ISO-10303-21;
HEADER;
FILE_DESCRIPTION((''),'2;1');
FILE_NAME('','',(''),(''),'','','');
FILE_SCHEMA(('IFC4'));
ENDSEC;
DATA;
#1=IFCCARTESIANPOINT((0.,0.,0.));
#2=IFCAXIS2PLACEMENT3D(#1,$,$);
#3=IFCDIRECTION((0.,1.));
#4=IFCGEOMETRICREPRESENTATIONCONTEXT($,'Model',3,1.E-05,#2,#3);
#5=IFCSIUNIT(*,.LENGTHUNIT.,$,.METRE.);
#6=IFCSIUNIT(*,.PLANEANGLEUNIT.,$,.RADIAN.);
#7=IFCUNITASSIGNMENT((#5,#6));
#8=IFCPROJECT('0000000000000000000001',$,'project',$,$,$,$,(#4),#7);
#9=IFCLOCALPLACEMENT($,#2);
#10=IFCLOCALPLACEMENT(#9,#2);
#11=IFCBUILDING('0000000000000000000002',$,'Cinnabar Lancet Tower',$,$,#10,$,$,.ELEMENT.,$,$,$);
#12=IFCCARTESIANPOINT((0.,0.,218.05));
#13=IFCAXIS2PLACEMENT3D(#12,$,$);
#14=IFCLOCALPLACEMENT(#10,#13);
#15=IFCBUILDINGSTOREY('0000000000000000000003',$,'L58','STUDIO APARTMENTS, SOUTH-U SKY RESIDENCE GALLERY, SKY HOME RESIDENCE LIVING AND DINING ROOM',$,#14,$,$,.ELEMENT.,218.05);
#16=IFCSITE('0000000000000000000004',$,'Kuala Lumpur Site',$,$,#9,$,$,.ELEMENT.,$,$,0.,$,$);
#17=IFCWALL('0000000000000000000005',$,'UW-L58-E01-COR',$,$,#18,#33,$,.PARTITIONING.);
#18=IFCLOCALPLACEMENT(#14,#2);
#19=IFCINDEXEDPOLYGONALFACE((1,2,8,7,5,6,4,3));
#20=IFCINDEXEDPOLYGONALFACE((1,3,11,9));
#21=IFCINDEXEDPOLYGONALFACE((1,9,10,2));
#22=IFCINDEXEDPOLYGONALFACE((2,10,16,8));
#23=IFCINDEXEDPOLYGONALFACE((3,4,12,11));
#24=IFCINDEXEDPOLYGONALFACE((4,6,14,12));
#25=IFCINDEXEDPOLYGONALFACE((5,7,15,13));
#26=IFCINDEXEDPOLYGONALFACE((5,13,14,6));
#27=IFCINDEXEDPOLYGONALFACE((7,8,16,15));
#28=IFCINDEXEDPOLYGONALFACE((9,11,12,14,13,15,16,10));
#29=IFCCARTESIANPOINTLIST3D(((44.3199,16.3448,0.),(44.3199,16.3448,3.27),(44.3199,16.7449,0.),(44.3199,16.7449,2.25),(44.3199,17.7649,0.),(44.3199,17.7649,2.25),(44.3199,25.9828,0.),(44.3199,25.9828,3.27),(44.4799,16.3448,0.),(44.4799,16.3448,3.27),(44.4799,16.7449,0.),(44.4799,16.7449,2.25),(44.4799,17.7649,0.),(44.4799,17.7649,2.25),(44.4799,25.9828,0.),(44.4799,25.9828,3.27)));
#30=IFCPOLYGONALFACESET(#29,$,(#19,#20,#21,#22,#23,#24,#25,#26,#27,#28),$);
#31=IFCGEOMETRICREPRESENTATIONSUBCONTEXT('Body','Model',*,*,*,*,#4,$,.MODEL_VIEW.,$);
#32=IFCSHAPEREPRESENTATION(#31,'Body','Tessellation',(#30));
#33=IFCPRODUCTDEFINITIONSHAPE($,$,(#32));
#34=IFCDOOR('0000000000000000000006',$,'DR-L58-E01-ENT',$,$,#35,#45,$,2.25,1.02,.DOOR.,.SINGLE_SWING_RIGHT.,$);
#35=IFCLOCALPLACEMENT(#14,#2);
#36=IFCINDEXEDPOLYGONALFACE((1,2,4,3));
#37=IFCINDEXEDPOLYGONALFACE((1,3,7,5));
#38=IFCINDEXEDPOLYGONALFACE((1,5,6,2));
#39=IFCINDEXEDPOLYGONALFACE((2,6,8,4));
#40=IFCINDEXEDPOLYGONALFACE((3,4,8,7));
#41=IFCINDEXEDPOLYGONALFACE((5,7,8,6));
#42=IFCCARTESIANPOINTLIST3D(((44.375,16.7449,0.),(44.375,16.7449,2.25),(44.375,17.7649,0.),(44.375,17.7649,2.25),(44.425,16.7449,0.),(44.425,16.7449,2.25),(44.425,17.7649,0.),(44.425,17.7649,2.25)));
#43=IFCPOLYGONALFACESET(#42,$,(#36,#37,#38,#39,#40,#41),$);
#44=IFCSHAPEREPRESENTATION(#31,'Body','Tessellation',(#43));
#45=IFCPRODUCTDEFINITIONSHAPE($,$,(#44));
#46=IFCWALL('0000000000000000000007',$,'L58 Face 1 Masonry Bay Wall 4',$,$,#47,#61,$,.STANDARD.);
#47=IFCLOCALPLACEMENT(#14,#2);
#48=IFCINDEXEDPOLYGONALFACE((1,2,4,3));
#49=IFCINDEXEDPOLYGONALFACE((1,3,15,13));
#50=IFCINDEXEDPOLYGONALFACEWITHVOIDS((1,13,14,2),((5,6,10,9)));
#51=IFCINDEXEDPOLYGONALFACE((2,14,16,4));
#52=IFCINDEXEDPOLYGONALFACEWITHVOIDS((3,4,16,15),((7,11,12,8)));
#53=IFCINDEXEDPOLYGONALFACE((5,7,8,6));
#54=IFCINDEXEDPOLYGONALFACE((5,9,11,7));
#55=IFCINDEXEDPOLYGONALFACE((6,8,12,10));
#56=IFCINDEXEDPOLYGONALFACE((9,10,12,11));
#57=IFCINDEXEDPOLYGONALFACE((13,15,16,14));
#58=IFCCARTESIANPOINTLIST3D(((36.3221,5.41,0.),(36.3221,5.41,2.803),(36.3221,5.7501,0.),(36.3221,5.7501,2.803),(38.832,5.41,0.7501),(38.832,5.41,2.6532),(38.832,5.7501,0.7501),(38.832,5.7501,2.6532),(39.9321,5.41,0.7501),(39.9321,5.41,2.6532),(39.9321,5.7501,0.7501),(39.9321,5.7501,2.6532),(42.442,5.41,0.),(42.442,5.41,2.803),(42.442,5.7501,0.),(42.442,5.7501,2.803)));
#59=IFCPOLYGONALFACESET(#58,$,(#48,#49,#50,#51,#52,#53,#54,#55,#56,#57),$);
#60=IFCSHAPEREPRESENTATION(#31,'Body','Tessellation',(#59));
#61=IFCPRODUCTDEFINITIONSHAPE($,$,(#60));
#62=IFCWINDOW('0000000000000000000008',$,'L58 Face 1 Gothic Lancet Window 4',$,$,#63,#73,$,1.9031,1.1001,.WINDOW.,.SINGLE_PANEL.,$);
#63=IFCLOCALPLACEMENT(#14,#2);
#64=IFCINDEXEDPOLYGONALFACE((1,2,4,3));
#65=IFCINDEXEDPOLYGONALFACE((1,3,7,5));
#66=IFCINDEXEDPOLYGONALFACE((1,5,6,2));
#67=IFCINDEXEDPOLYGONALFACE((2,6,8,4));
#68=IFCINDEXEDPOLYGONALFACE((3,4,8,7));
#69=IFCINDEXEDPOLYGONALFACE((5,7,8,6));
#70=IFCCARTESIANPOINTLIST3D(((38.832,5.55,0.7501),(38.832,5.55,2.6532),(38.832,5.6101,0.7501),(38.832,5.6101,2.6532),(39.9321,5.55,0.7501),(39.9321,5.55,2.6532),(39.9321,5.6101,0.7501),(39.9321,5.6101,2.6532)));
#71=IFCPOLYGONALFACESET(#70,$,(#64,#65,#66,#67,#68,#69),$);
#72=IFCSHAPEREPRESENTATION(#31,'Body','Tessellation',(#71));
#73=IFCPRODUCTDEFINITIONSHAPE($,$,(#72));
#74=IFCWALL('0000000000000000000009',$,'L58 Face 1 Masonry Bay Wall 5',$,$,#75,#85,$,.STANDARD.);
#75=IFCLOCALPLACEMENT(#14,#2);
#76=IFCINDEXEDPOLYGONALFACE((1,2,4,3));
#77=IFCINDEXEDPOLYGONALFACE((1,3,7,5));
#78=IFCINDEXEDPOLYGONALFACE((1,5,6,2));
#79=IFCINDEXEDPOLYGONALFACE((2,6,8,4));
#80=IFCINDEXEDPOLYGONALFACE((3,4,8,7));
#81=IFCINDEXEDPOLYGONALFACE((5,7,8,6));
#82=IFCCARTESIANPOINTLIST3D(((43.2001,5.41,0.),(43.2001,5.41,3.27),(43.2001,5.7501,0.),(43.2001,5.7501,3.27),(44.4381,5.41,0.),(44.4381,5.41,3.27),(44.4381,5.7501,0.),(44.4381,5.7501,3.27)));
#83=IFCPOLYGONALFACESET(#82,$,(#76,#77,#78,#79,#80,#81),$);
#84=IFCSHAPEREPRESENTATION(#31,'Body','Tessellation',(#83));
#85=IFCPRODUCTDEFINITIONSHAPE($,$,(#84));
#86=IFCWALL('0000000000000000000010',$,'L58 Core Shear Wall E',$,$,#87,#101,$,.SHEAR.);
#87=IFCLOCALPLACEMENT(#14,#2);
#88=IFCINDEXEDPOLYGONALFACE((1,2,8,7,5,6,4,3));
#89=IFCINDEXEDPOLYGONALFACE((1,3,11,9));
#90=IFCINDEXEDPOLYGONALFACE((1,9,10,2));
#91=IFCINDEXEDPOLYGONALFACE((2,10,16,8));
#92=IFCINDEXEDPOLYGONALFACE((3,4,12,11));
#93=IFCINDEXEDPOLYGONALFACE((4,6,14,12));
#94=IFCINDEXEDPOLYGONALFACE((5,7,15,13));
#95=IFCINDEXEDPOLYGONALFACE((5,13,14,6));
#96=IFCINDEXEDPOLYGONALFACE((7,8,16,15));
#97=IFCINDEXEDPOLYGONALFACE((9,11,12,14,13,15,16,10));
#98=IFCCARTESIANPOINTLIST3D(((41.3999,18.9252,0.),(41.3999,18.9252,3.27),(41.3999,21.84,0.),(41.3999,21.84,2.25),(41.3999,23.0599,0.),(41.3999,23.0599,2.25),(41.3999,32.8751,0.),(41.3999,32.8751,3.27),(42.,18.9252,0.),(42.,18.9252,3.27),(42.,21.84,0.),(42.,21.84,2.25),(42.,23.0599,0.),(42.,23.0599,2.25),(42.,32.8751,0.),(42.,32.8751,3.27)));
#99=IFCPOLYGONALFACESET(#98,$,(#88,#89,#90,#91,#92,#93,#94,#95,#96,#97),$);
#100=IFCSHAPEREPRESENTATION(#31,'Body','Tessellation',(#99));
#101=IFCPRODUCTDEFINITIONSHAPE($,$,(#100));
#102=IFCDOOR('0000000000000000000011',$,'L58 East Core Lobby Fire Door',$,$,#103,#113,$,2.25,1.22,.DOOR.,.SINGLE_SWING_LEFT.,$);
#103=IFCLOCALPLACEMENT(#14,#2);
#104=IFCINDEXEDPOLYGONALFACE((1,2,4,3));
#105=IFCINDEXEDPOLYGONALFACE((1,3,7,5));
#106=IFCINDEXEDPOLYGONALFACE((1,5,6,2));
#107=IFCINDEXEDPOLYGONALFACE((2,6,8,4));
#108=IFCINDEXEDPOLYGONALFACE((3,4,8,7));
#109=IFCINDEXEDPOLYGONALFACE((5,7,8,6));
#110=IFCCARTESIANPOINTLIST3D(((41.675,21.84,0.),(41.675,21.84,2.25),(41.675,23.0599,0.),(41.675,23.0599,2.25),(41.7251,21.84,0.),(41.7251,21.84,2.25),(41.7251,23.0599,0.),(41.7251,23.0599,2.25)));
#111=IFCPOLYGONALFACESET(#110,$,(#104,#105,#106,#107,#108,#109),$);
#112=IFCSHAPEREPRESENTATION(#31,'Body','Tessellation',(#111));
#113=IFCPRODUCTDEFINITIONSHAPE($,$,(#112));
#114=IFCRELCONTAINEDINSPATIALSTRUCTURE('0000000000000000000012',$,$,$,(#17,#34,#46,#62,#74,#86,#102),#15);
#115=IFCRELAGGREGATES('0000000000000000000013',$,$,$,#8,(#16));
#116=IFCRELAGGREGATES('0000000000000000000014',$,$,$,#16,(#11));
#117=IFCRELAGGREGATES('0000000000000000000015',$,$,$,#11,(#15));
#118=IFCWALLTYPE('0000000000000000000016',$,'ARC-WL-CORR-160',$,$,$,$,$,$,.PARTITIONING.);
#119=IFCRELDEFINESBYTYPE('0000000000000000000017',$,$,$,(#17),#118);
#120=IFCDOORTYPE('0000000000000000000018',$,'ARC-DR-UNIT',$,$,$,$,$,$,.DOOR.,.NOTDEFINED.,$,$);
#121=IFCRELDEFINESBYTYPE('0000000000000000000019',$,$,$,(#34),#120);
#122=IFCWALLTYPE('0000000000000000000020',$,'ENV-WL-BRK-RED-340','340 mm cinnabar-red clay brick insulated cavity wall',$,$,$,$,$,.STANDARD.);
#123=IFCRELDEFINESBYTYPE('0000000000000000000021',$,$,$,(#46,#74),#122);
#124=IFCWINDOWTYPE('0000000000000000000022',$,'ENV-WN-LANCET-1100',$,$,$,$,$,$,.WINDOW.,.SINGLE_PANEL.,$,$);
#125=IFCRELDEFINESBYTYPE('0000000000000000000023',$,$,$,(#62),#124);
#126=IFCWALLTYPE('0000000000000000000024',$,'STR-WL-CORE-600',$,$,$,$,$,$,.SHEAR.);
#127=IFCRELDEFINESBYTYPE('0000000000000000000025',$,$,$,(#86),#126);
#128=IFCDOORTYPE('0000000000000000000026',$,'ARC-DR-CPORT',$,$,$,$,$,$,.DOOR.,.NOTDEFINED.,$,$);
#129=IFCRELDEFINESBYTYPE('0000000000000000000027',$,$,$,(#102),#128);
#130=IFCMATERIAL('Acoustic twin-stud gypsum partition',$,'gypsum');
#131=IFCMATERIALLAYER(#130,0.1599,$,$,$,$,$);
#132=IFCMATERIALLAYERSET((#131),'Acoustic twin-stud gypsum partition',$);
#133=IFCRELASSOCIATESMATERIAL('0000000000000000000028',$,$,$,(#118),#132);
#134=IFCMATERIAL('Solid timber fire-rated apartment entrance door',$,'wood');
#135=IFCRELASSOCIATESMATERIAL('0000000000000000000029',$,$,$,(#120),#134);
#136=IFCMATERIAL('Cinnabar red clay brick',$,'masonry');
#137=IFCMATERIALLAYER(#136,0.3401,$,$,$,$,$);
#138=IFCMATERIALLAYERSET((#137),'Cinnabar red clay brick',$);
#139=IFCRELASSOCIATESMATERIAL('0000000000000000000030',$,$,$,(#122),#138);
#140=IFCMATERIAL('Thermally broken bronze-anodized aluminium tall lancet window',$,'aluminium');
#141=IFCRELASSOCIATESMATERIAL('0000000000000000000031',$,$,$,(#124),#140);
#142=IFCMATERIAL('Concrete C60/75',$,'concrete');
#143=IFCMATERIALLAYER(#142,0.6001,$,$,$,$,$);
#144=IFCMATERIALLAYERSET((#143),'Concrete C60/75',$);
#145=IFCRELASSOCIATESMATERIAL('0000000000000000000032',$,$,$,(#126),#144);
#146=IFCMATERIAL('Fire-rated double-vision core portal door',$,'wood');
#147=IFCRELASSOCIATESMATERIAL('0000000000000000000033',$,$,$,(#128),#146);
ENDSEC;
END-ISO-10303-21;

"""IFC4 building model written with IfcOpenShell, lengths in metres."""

from ifc_helpers import new_model, si_unit, direction, frame, frame_2d, origin, place, context, subcontext, project, spatial, rectangle, extrude, material, layer, layer_set, type_object, element, fill, save


model = new_model("IFC4")

# Units and contexts
model_context = context("Model", 3, precision=1e-05, world=origin(), true_north=direction((0.0, 1.0)))
body_context = subcontext(model_context, "Body", "Model", "MODEL_VIEW")
ifc_project = project(units=[si_unit("LENGTHUNIT", "METRE"), si_unit("PLANEANGLEUNIT", "RADIAN")], contexts=[model_context])

# Site, building, storey
site_placement = place(None, origin())
site = spatial("IfcSite", under=ifc_project, at=site_placement, Name="Kuala Lumpur Site", CompositionType="ELEMENT", RefElevation=0.0)
building_placement = place(site_placement, origin())
building = spatial("IfcBuilding", under=site, at=building_placement, Name="Cinnabar Lancet Tower", CompositionType="ELEMENT")
storey_placement = place(building_placement, frame((0.0, 0.0, 218.05)))
storey = spatial("IfcBuildingStorey", under=building, at=storey_placement, Name="L58", Description="STUDIO APARTMENTS, SOUTH-U SKY RESIDENCE GALLERY, SKY HOME RESIDENCE LIVING AND DINING ROOM", CompositionType="ELEMENT", Elevation=218.05)

# Wall, opening, door
ifc_material_1 = material(Name="Acoustic twin-stud gypsum partition", Category="gypsum")
ifc_layer_1 = layer(ifc_material_1, 0.1599)
ifc_layer_set_1 = layer_set([ifc_layer_1], Name="Acoustic twin-stud gypsum partition")
wall_type_1 = type_object("IfcWallType", Name="ARC-WL-CORR-160", PredefinedType="PARTITIONING", material=ifc_layer_set_1)
wall_1_placement = place(storey_placement, frame((44.3999, 16.345, 0.0), z_axis=(0.0, 0.0, 1.0), x_axis=(0.0, 1.0, 0.0)))
wall_1 = element("IfcWall", 1, at=wall_1_placement, inside=storey, type_object=wall_type_1, Name="UW-L58-E01-COR", PredefinedType="PARTITIONING", context=body_context, shape_type="SweptSolid", body=[
    extrude(rectangle(XDim=9.6379, YDim=0.1599, at=frame_2d((4.8188, 0.0))), origin(), (0.0, 0.0, 1.0), 3.27),
])
opening_1_placement = place(wall_1_placement, frame((0.3999, 0.0, 0.0)))
opening_1 = element("IfcOpeningElement", 2, at=opening_1_placement, cuts=wall_1, PredefinedType="OPENING", context=body_context, shape_type="SweptSolid", body=[
    extrude(rectangle(XDim=1.02, YDim=2.25, at=frame_2d((0.51, 1.125))), frame((0.0, 0.0898, 0.0), z_axis=(0.0, -1.0, 0.0), x_axis=(1.0, 0.0, 0.0)), (0.0, 0.0, 1.0), 0.1799),
])
ifc_material_2 = material(Name="Solid timber fire-rated apartment entrance door", Category="wood")
door_type_1 = type_object("IfcDoorType", Name="ARC-DR-UNIT", OperationType="NOTDEFINED", PredefinedType="DOOR", material=ifc_material_2)
door_1_placement = place(opening_1_placement, origin())
door_1 = element("IfcDoor", 3, at=door_1_placement, inside=storey, type_object=door_type_1, Name="DR-L58-E01-ENT", OperationType="SINGLE_SWING_RIGHT", OverallHeight=2.25, OverallWidth=1.02, PredefinedType="DOOR", context=body_context, shape_type="SweptSolid", body=[
    extrude(rectangle(XDim=1.02, YDim=2.25, at=frame_2d((0.51, 1.125))), frame((0.0, 0.0249, 0.0), z_axis=(0.0, -1.0, 0.0), x_axis=(1.0, 0.0, 0.0)), (0.0, 0.0, 1.0), 0.05),
])
fill(opening_1, door_1)

# Wall, opening, window
ifc_material_3 = material(Name="Cinnabar red clay brick", Category="masonry")
ifc_layer_2 = layer(ifc_material_3, 0.3401)
ifc_layer_set_2 = layer_set([ifc_layer_2], Name="Cinnabar red clay brick")
wall_type_2 = type_object("IfcWallType", Name="ENV-WL-BRK-RED-340", Description="340 mm cinnabar-red clay brick insulated cavity wall", PredefinedType="STANDARD", material=ifc_layer_set_2)
wall_2_placement = place(storey_placement, frame((36.322, 5.5801, 0.0), z_axis=(0.0, 0.0, 1.0), x_axis=(1.0, 0.0, 0.0)))
wall_2 = element("IfcWall", 4, at=wall_2_placement, inside=storey, type_object=wall_type_2, Name="L58 Face 1 Masonry Bay Wall 4", PredefinedType="STANDARD", context=body_context, shape_type="SweptSolid", body=[
    extrude(rectangle(XDim=6.1199, YDim=0.3401, at=frame_2d((3.0601, 0.0))), origin(), (0.0, 0.0, 1.0), 2.803),
])
opening_2_placement = place(wall_2_placement, frame((2.51, 0.0, 0.75)))
opening_2 = element("IfcOpeningElement", 5, at=opening_2_placement, cuts=wall_2, PredefinedType="OPENING", context=body_context, shape_type="SweptSolid", body=[
    extrude(rectangle(XDim=1.1001, YDim=1.9031, at=frame_2d((0.55, 0.9517))), frame((0.0, 0.1799, 0.0), z_axis=(0.0, -1.0, 0.0), x_axis=(1.0, 0.0, 0.0)), (0.0, 0.0, 1.0), 0.3601),
])
ifc_material_4 = material(Name="Thermally broken bronze-anodized aluminium tall lancet window", Category="aluminium")
window_type = type_object("IfcWindowType", Name="ENV-WN-LANCET-1100", PartitioningType="SINGLE_PANEL", PredefinedType="WINDOW", material=ifc_material_4)
window_placement = place(opening_2_placement, origin())
window = element("IfcWindow", 6, at=window_placement, inside=storey, type_object=window_type, Name="L58 Face 1 Gothic Lancet Window 4", OverallHeight=1.9031, OverallWidth=1.1001, PartitioningType="SINGLE_PANEL", PredefinedType="WINDOW", context=body_context, shape_type="SweptSolid", body=[
    extrude(rectangle(XDim=1.1001, YDim=1.9031, at=frame_2d((0.55, 0.9517))), frame((0.0, 0.03, 0.0), z_axis=(0.0, -1.0, 0.0), x_axis=(1.0, 0.0, 0.0)), (0.0, 0.0, 1.0), 0.0601),
])
fill(opening_2, window)

# Wall
wall_3_placement = place(storey_placement, frame((43.2, 5.5801, 0.0), z_axis=(0.0, 0.0, 1.0), x_axis=(1.0, 0.0, 0.0)))
element("IfcWall", 7, at=wall_3_placement, inside=storey, type_object=wall_type_2, Name="L58 Face 1 Masonry Bay Wall 5", PredefinedType="STANDARD", context=body_context, shape_type="SweptSolid", body=[
    extrude(rectangle(XDim=1.238, YDim=0.3401, at=frame_2d((0.6191, 0.0))), origin(), (0.0, 0.0, 1.0), 3.27),
])

# Wall, opening, door
ifc_material_5 = material(Name="Concrete C60/75", Category="concrete")
ifc_layer_3 = layer(ifc_material_5, 0.6001)
ifc_layer_set_3 = layer_set([ifc_layer_3], Name="Concrete C60/75")
wall_type_3 = type_object("IfcWallType", Name="STR-WL-CORE-600", PredefinedType="SHEAR", material=ifc_layer_set_3)
wall_4_placement = place(storey_placement, frame((41.7, 18.925, 0.0), z_axis=(0.0, 0.0, 1.0), x_axis=(0.0, 1.0, 0.0)))
wall_4 = element("IfcWall", 8, at=wall_4_placement, inside=storey, type_object=wall_type_3, Name="L58 Core Shear Wall E", PredefinedType="SHEAR", context=body_context, shape_type="SweptSolid", body=[
    extrude(rectangle(XDim=13.95, YDim=0.6001, at=frame_2d((6.9751, 0.0))), origin(), (0.0, 0.0, 1.0), 3.27),
])
opening_3_placement = place(wall_4_placement, frame((2.915, 0.0, 0.0)))
opening_3 = element("IfcOpeningElement", 9, at=opening_3_placement, cuts=wall_4, PredefinedType="OPENING", context=body_context, shape_type="SweptSolid", body=[
    extrude(rectangle(XDim=1.22, YDim=2.25, at=frame_2d((0.6099, 1.125))), frame((0.0, 0.3101, 0.0), z_axis=(0.0, -1.0, 0.0), x_axis=(1.0, 0.0, 0.0)), (0.0, 0.0, 1.0), 0.6201),
])
ifc_material_6 = material(Name="Fire-rated double-vision core portal door", Category="wood")
door_type_2 = type_object("IfcDoorType", Name="ARC-DR-CPORT", OperationType="NOTDEFINED", PredefinedType="DOOR", material=ifc_material_6)
door_2_placement = place(opening_3_placement, origin())
door_2 = element("IfcDoor", 10, at=door_2_placement, inside=storey, type_object=door_type_2, Name="L58 East Core Lobby Fire Door", OperationType="SINGLE_SWING_LEFT", OverallHeight=2.25, OverallWidth=1.22, PredefinedType="DOOR", context=body_context, shape_type="SweptSolid", body=[
    extrude(rectangle(XDim=1.22, YDim=2.25, at=frame_2d((0.6099, 1.125))), frame((0.0, 0.0249, 0.0), z_axis=(0.0, -1.0, 0.0), x_axis=(1.0, 0.0, 0.0)), (0.0, 0.0, 1.0), 0.05),
])
fill(opening_3, door_2)

save(model, "model.ifc")
